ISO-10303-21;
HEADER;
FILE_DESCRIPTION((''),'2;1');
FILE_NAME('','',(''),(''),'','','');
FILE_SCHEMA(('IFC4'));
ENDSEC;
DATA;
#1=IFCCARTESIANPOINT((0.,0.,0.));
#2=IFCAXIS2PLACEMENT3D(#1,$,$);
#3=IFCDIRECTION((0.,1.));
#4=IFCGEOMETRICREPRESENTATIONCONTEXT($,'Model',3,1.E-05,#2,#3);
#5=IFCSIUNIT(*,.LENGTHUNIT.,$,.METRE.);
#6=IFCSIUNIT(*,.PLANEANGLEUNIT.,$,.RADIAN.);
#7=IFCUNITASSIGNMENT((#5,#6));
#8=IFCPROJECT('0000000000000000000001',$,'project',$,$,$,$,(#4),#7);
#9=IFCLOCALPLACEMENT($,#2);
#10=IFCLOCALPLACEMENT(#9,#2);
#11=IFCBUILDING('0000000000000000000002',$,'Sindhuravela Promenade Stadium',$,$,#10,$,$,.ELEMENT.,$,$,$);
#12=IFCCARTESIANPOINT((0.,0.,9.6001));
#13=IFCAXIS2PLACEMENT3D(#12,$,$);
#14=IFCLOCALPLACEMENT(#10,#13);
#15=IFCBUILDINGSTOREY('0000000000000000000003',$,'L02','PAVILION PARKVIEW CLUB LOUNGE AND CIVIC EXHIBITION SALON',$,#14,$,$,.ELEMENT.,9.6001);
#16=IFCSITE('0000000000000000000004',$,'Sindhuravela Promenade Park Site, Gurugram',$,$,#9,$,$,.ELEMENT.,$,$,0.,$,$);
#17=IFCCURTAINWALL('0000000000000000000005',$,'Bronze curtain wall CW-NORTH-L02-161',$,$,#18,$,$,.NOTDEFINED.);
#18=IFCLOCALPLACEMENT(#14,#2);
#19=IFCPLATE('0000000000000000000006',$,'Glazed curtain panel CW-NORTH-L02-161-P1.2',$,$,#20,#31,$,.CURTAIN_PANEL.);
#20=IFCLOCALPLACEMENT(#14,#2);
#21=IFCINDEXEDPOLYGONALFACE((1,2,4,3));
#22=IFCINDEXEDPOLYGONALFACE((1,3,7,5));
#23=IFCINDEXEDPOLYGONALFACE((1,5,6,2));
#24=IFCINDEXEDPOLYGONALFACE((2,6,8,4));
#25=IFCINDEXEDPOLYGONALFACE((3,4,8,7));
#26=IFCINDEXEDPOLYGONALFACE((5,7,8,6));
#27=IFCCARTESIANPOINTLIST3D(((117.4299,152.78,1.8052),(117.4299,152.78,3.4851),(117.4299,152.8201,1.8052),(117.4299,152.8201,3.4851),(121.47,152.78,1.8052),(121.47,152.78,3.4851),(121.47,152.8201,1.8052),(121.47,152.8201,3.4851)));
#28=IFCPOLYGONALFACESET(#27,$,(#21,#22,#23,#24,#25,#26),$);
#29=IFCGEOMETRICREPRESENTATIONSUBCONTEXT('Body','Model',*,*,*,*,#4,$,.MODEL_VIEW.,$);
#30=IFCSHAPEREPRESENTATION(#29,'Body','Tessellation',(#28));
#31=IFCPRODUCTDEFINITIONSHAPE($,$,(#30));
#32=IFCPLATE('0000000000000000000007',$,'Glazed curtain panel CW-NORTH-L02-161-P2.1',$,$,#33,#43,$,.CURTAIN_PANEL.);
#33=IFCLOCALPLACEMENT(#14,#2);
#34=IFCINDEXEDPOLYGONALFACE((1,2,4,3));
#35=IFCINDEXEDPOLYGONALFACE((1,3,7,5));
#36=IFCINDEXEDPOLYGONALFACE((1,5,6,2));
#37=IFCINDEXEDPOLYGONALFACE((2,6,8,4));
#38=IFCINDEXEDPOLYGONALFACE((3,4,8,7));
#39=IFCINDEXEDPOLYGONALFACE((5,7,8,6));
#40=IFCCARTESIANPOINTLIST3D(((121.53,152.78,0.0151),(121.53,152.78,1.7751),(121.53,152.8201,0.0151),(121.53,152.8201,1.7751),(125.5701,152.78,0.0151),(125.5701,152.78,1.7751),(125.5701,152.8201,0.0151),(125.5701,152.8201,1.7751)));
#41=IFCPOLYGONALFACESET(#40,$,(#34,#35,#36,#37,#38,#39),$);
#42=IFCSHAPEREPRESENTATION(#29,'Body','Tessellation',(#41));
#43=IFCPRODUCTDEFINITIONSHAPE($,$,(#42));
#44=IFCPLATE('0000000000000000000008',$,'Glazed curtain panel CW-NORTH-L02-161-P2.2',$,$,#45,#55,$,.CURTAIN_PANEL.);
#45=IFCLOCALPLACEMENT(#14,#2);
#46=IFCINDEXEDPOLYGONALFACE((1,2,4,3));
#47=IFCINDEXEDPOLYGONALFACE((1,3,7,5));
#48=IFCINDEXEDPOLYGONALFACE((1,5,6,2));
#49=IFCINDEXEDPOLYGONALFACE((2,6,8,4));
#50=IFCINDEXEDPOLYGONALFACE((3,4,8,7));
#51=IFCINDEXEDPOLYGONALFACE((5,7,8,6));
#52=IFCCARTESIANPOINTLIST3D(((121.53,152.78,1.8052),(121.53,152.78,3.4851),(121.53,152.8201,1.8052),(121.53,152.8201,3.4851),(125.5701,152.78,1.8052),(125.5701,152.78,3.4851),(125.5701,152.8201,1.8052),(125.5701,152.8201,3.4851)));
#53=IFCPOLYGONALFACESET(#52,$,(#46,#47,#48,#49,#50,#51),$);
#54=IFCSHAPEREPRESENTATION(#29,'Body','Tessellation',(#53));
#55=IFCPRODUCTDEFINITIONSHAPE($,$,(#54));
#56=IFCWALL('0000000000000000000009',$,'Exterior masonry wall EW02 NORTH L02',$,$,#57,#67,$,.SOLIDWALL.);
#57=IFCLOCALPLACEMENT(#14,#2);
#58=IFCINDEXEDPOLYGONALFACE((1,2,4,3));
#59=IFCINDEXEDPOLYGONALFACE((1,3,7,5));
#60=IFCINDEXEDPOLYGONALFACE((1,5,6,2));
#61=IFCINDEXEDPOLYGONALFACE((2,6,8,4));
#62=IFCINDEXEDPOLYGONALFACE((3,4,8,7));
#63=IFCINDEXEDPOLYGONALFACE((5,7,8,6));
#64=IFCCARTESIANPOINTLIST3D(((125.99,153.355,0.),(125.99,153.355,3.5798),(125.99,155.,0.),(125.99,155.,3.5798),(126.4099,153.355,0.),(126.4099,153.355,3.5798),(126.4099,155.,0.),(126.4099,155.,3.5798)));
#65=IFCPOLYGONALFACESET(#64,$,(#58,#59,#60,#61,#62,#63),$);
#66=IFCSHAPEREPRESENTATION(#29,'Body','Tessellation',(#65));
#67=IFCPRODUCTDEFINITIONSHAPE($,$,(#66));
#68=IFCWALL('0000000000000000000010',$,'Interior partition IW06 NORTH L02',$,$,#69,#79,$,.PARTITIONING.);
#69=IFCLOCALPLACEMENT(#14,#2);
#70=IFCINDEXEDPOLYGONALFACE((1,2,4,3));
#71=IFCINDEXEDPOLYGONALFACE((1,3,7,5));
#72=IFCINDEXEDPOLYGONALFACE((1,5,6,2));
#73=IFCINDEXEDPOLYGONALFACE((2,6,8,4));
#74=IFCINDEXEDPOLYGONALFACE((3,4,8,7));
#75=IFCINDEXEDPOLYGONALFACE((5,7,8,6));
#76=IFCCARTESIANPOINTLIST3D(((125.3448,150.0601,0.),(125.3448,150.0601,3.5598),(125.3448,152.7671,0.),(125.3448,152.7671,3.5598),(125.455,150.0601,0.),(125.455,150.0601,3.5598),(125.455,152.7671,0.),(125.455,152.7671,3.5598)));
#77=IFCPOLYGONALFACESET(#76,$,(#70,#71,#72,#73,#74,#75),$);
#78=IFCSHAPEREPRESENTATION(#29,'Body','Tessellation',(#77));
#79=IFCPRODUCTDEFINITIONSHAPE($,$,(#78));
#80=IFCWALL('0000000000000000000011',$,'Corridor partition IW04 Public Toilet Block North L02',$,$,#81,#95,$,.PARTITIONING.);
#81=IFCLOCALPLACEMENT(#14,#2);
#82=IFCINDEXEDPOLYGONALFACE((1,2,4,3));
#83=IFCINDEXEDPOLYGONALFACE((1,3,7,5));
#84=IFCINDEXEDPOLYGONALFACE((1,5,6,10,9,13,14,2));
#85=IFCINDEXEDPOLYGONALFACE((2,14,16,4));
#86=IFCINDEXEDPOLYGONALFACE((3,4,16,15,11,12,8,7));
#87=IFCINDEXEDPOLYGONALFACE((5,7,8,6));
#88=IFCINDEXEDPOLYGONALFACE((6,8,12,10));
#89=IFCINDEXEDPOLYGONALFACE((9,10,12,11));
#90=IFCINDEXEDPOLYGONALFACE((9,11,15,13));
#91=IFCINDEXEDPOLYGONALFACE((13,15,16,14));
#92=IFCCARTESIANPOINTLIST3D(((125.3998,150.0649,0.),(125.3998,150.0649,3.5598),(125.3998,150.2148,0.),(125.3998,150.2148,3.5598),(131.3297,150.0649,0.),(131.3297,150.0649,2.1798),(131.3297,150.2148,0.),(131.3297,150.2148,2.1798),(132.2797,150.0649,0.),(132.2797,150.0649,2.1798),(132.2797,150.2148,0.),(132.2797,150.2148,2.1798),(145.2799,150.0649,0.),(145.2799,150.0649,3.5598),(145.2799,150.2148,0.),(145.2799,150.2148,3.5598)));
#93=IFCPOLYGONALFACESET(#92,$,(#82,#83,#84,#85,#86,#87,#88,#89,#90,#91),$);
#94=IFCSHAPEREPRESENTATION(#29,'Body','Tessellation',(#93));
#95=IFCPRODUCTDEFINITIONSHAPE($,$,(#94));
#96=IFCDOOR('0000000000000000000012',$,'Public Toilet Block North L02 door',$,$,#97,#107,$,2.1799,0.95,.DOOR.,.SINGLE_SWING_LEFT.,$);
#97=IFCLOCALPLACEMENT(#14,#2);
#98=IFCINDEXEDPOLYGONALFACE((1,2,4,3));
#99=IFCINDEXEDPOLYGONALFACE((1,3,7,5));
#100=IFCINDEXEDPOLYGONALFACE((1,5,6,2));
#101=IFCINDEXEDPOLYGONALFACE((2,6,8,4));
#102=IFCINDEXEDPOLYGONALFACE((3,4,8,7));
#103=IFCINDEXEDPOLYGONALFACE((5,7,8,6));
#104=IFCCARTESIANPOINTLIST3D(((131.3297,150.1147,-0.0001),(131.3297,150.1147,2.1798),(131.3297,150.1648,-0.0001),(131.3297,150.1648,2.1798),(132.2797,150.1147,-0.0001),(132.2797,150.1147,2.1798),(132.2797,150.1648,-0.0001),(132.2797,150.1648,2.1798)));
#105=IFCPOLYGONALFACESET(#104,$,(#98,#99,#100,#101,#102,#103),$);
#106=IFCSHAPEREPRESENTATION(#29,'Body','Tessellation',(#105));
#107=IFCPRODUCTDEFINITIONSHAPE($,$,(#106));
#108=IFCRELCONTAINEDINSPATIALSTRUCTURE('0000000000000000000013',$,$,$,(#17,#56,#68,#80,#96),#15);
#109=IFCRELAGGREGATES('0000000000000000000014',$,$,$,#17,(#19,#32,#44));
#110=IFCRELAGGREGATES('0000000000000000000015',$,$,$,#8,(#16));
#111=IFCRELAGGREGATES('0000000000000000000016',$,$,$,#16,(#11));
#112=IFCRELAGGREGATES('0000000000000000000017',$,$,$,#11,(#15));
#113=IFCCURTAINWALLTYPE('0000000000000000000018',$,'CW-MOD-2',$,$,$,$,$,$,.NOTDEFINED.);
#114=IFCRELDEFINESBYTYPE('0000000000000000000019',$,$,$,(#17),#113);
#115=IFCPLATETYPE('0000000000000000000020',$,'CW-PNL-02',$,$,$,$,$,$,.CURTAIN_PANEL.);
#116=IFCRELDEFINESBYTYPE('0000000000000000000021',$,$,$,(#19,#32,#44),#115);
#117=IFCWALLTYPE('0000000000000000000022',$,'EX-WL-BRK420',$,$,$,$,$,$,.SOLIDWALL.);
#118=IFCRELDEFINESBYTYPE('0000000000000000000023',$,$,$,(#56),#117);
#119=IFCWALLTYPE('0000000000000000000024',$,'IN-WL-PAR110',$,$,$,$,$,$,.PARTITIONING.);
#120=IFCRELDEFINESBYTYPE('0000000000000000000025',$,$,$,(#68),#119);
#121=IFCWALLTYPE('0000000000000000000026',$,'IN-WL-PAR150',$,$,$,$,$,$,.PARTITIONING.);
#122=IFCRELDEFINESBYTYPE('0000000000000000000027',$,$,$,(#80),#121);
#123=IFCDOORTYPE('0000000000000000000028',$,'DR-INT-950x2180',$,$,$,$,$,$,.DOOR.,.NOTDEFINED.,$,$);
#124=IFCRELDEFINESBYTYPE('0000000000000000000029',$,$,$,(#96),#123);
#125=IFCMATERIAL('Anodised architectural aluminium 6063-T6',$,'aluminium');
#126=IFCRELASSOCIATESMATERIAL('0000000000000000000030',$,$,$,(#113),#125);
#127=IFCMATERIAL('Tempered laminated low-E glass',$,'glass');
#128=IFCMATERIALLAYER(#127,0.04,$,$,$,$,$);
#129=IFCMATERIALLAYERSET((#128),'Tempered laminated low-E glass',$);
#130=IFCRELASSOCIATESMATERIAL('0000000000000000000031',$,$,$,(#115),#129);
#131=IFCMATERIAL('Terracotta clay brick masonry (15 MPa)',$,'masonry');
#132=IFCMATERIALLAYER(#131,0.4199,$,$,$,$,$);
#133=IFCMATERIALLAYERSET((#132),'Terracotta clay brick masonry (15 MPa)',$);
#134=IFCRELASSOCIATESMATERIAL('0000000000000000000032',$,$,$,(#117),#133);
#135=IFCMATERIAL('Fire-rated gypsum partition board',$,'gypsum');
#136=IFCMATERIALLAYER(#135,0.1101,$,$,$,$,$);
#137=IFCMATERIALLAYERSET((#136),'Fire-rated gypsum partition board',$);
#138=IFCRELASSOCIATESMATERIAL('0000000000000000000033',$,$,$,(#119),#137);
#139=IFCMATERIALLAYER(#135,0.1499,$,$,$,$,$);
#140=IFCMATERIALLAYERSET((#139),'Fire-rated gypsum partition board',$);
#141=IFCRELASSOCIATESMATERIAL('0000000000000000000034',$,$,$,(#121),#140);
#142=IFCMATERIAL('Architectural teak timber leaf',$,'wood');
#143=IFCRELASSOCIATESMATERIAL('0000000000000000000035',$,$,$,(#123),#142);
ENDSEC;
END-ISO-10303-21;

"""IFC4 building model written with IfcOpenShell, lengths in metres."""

from ifc_helpers import new_model, si_unit, direction, frame, frame_2d, origin, origin_2d, place, context, subcontext, project, spatial, rectangle, extrude, material, layer, layer_set, type_object, element, fill, aggregate, save


model = new_model("IFC4")

# Units and contexts
model_context = context("Model", 3, precision=1e-05, world=origin(), true_north=direction((0.0, 1.0)))
body_context = subcontext(model_context, "Body", "Model", "MODEL_VIEW")
ifc_project = project(units=[si_unit("LENGTHUNIT", "METRE"), si_unit("PLANEANGLEUNIT", "RADIAN")], contexts=[model_context])

# Site, building, storey
site_placement = place(None, origin())
site = spatial("IfcSite", under=ifc_project, at=site_placement, Name="Sindhuravela Promenade Park Site, Gurugram", CompositionType="ELEMENT", RefElevation=0.0)
building_placement = place(site_placement, origin())
building = spatial("IfcBuilding", under=site, at=building_placement, Name="Sindhuravela Promenade Stadium", CompositionType="ELEMENT")
storey_placement = place(building_placement, frame((0.0, 0.0, 9.6001)))
storey = spatial("IfcBuildingStorey", under=building, at=storey_placement, Name="L02", Description="PAVILION PARKVIEW CLUB LOUNGE AND CIVIC EXHIBITION SALON", CompositionType="ELEMENT", Elevation=9.6001)

# Curtain wall
ifc_material_1 = material(Name="Anodised architectural aluminium 6063-T6", Category="aluminium")
curtain_wall_type_1 = type_object("IfcCurtainWallType", Name="CW-MOD-2", PredefinedType="NOTDEFINED", material=ifc_material_1)
curtain_wall_1_placement = place(storey_placement, origin())
curtain_wall_1 = element("IfcCurtainWall", 1, at=curtain_wall_1_placement, inside=storey, type_object=curtain_wall_type_1, Name="Bronze curtain wall CW-NORTH-L02-161", PredefinedType="NOTDEFINED")

# Plates
ifc_material_2 = material(Name="Tempered laminated low-E glass", Category="glass")
ifc_layer_1 = layer(ifc_material_2, 0.04)
ifc_layer_set_1 = layer_set([ifc_layer_1], Name="Tempered laminated low-E glass")
plate_type_1 = type_object("IfcPlateType", Name="CW-PNL-02", PredefinedType="CURTAIN_PANEL", material=ifc_layer_set_1)
plate_1_placement = place(storey_placement, frame((119.45, 152.8, 1.8052), z_axis=(0.0, 0.0, 1.0), x_axis=(1.0, 0.0, 0.0)))
plate_1 = element("IfcPlate", 2, at=plate_1_placement, type_object=plate_type_1, Name="Glazed curtain panel CW-NORTH-L02-161-P1.2", PredefinedType="CURTAIN_PANEL", context=body_context, shape_type="SweptSolid", body=[
    extrude(rectangle(XDim=4.04, YDim=0.04, at=origin_2d()), origin(), (0.0, 0.0, 1.0), 1.6799),
])
plate_2_placement = place(storey_placement, frame((123.55, 152.8, 0.0151), z_axis=(0.0, 0.0, 1.0), x_axis=(1.0, 0.0, 0.0)))
plate_2 = element("IfcPlate", 3, at=plate_2_placement, type_object=plate_type_1, Name="Glazed curtain panel CW-NORTH-L02-161-P2.1", PredefinedType="CURTAIN_PANEL", context=body_context, shape_type="SweptSolid", body=[
    extrude(rectangle(XDim=4.04, YDim=0.04, at=origin_2d()), origin(), (0.0, 0.0, 1.0), 1.76),
])
plate_3_placement = place(storey_placement, frame((123.55, 152.8, 1.8052), z_axis=(0.0, 0.0, 1.0), x_axis=(1.0, 0.0, 0.0)))
plate_3 = element("IfcPlate", 4, at=plate_3_placement, type_object=plate_type_1, Name="Glazed curtain panel CW-NORTH-L02-161-P2.2", PredefinedType="CURTAIN_PANEL", context=body_context, shape_type="SweptSolid", body=[
    extrude(rectangle(XDim=4.04, YDim=0.04, at=origin_2d()), origin(), (0.0, 0.0, 1.0), 1.6799),
])
aggregate(curtain_wall_1, [plate_1, plate_2, plate_3])

# Walls
ifc_material_3 = material(Name="Terracotta clay brick masonry (15 MPa)", Category="masonry")
ifc_layer_2 = layer(ifc_material_3, 0.4199)
ifc_layer_set_2 = layer_set([ifc_layer_2], Name="Terracotta clay brick masonry (15 MPa)")
wall_type_1 = type_object("IfcWallType", Name="EX-WL-BRK420", PredefinedType="SOLIDWALL", material=ifc_layer_set_2)
wall_1_placement = place(storey_placement, frame((126.2, 153.355, 0.0), z_axis=(0.0, 0.0, 1.0), x_axis=(0.0, 1.0, 0.0)))
element("IfcWall", 5, at=wall_1_placement, inside=storey, type_object=wall_type_1, Name="Exterior masonry wall EW02 NORTH L02", PredefinedType="SOLIDWALL", context=body_context, shape_type="SweptSolid", body=[
    extrude(rectangle(XDim=1.645, YDim=0.4199, at=frame_2d((0.8225, 0.0))), origin(), (0.0, 0.0, 1.0), 3.5798),
])
ifc_material_4 = material(Name="Fire-rated gypsum partition board", Category="gypsum")
ifc_layer_3 = layer(ifc_material_4, 0.1101)
ifc_layer_set_3 = layer_set([ifc_layer_3], Name="Fire-rated gypsum partition board")
wall_type_2 = type_object("IfcWallType", Name="IN-WL-PAR110", PredefinedType="PARTITIONING", material=ifc_layer_set_3)
wall_2_placement = place(storey_placement, frame((125.3999, 150.0601, 0.0), z_axis=(0.0, 0.0, 1.0), x_axis=(0.0, 1.0, 0.0)))
element("IfcWall", 6, at=wall_2_placement, inside=storey, type_object=wall_type_2, Name="Interior partition IW06 NORTH L02", PredefinedType="PARTITIONING", context=body_context, shape_type="SweptSolid", body=[
    extrude(rectangle(XDim=2.707, YDim=0.1101, at=frame_2d((1.3535, 0.0))), origin(), (0.0, 0.0, 1.0), 3.5598),
])

# Wall, opening, door
ifc_layer_4 = layer(ifc_material_4, 0.1499)
ifc_layer_set_4 = layer_set([ifc_layer_4], Name="Fire-rated gypsum partition board")
wall_type_3 = type_object("IfcWallType", Name="IN-WL-PAR150", PredefinedType="PARTITIONING", material=ifc_layer_set_4)
wall_3_placement = place(storey_placement, frame((125.3999, 150.1399, 0.0), z_axis=(0.0, 0.0, 1.0), x_axis=(1.0, 0.0, 0.0)))
wall_3 = element("IfcWall", 7, at=wall_3_placement, inside=storey, type_object=wall_type_3, Name="Corridor partition IW04 Public Toilet Block North L02", PredefinedType="PARTITIONING", context=body_context, shape_type="SweptSolid", body=[
    extrude(rectangle(XDim=19.8801, YDim=0.1499, at=frame_2d((9.9399, 0.0))), origin(), (0.0, 0.0, 1.0), 3.5598),
])
opening_placement = place(wall_3_placement, frame((5.9297, 0.0, 0.0)))
opening = element("IfcOpeningElement", 8, at=opening_placement, cuts=wall_3, PredefinedType="OPENING", context=body_context, shape_type="SweptSolid", body=[
    extrude(rectangle(XDim=0.95, YDim=2.1799, at=frame_2d((0.4751, 1.0898))), frame((0.0, 0.085, 0.0), z_axis=(0.0, -1.0, 0.0), x_axis=(1.0, 0.0, 0.0)), (0.0, 0.0, 1.0), 0.1699),
])
ifc_material_5 = material(Name="Architectural teak timber leaf", Category="wood")
door_type = type_object("IfcDoorType", Name="DR-INT-950x2180", OperationType="NOTDEFINED", PredefinedType="DOOR", material=ifc_material_5)
door_placement = place(opening_placement, origin())
door = element("IfcDoor", 9, at=door_placement, inside=storey, type_object=door_type, Name="Public Toilet Block North L02 door", OperationType="SINGLE_SWING_LEFT", OverallHeight=2.1799, OverallWidth=0.95, PredefinedType="DOOR", context=body_context, shape_type="SweptSolid", body=[
    extrude(rectangle(XDim=0.95, YDim=2.1799, at=frame_2d((0.4751, 1.0898))), frame((0.0, 0.0249, 0.0), z_axis=(0.0, -1.0, 0.0), x_axis=(1.0, 0.0, 0.0)), (0.0, 0.0, 1.0), 0.05),
])
fill(opening, door)

save(model, "model.ifc")
